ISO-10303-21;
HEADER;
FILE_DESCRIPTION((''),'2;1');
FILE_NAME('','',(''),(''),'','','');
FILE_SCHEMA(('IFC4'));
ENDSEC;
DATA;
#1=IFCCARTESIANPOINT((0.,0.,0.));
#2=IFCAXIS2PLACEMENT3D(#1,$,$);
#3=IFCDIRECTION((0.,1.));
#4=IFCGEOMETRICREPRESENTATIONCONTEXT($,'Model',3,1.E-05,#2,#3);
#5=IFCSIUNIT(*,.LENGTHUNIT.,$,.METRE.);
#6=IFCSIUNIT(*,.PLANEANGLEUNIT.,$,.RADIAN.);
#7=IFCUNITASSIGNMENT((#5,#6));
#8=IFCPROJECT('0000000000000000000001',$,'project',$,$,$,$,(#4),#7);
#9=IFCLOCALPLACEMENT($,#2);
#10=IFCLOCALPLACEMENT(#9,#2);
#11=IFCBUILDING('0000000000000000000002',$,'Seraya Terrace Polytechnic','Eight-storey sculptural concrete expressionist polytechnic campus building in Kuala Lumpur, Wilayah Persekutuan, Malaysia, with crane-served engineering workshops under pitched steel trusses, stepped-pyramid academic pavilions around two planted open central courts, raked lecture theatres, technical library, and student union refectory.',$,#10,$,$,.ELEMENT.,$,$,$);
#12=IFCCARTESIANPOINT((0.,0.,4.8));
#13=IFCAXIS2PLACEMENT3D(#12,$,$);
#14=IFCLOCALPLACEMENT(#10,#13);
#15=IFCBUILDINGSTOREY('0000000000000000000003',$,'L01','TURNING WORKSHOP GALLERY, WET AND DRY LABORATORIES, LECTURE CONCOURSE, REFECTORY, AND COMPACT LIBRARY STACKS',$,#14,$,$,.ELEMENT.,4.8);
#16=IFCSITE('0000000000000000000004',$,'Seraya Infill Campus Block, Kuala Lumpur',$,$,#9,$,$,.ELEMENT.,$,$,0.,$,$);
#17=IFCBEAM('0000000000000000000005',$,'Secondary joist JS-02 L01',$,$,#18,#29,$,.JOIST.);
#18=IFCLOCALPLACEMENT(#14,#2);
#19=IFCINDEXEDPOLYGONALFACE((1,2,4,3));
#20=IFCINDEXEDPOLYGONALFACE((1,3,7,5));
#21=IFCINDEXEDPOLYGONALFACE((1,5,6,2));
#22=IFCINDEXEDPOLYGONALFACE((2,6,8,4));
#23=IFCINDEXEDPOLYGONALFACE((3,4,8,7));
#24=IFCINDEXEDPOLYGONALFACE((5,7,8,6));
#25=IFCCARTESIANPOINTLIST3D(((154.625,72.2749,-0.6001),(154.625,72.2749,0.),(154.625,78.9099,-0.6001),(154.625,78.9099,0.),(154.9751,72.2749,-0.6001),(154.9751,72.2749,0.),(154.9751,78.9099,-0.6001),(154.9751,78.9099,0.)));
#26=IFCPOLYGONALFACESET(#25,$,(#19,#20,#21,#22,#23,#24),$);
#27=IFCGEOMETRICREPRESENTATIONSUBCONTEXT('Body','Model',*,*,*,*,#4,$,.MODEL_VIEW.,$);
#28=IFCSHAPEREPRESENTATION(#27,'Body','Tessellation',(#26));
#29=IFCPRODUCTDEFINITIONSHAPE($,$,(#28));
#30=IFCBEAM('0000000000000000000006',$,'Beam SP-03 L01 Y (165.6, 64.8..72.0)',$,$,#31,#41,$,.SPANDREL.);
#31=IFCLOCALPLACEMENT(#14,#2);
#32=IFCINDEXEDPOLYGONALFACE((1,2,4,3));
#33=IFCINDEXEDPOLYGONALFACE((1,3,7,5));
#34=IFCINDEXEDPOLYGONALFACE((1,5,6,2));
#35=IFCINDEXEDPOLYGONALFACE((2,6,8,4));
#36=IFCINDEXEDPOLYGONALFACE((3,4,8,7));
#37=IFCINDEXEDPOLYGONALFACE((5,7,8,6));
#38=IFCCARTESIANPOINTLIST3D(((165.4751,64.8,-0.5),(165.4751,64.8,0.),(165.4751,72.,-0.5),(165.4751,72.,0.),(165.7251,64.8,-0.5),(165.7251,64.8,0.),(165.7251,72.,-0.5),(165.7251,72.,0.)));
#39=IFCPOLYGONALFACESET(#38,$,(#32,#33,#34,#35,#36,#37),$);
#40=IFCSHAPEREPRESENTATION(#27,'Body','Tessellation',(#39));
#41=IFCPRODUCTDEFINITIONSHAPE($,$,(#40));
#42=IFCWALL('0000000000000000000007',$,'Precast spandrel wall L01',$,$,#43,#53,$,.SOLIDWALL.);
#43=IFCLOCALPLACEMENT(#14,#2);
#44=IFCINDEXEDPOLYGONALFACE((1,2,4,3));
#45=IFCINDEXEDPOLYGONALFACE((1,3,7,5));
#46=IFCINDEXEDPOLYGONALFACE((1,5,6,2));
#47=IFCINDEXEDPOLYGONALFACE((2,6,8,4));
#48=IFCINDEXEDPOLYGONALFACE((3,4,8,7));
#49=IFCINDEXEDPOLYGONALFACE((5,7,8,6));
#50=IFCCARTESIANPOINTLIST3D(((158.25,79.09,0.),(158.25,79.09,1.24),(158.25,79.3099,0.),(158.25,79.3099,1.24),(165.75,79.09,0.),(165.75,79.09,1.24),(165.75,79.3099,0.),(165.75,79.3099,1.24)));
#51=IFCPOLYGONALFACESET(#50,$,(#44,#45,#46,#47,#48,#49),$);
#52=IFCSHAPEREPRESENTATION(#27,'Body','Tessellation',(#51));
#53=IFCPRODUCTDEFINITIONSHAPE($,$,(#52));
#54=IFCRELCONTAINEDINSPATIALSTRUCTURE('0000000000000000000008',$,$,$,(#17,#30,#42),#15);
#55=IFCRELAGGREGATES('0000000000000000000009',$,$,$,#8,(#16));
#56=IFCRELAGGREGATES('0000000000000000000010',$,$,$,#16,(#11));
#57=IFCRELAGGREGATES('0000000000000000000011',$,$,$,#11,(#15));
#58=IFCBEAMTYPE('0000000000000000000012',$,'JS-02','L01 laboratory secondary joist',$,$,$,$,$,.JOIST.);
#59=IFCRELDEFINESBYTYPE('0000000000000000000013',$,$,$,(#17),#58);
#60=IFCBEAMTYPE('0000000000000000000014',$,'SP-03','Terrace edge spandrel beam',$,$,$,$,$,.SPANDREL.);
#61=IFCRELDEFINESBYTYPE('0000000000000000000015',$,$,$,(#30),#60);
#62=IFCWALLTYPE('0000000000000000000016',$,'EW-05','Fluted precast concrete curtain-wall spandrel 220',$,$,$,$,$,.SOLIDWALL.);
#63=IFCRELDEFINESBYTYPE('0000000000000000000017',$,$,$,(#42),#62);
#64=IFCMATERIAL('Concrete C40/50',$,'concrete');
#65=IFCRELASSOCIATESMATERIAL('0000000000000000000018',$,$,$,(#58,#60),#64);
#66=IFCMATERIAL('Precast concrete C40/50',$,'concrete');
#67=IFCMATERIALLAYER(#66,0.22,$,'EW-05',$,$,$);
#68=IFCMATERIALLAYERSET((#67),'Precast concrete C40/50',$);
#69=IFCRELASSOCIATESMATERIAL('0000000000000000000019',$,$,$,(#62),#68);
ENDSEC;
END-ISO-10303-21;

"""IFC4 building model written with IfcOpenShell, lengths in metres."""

from ifc_helpers import new_model, si_unit, direction, frame, frame_2d, origin, origin_2d, place, context, subcontext, project, spatial, rectangle, extrude, material, layer, layer_set, material_profile, profile_set, type_object, element, save


model = new_model("IFC4")

# Units and contexts
model_context = context("Model", 3, precision=1e-05, world=origin(), true_north=direction((0.0, 1.0)))
body_context = subcontext(model_context, "Body", "Model", "MODEL_VIEW")
ifc_project = project(units=[si_unit("LENGTHUNIT", "METRE"), si_unit("PLANEANGLEUNIT", "RADIAN")], contexts=[model_context])

# Site, building, storey
site_placement = place(None, origin())
site = spatial("IfcSite", under=ifc_project, at=site_placement, Name="Seraya Infill Campus Block, Kuala Lumpur", CompositionType="ELEMENT", RefElevation=0.0)
building_placement = place(site_placement, origin())
building = spatial("IfcBuilding", under=site, at=building_placement, Name="Seraya Terrace Polytechnic", Description="Eight-storey sculptural concrete expressionist polytechnic campus building in Kuala Lumpur, Wilayah Persekutuan, Malaysia, with crane-served engineering workshops under pitched steel trusses, stepped-pyramid academic pavilions around two planted open central courts, raked lecture theatres, technical library, and student union refectory.", CompositionType="ELEMENT")
storey_placement = place(building_placement, frame((0.0, 0.0, 4.8)))
storey = spatial("IfcBuildingStorey", under=building, at=storey_placement, Name="L01", Description="TURNING WORKSHOP GALLERY, WET AND DRY LABORATORIES, LECTURE CONCOURSE, REFECTORY, AND COMPACT LIBRARY STACKS", CompositionType="ELEMENT", Elevation=4.8)

# Shared definitions
ifc_material_1 = material(Name="Concrete C40/50", Category="concrete")

# Beams
ifc_material_profile_1 = material_profile(ifc_material_1, rectangle(XDim=0.3501, YDim=0.6001, at=origin_2d()), Name="RC 350x600")
ifc_profile_set_1 = profile_set([ifc_material_profile_1], Name="Concrete C40/50")
beam_type_1 = type_object("IfcBeamType", Name="JS-02", Description="L01 laboratory secondary joist", PredefinedType="JOIST", material=ifc_profile_set_1)
beam_1_placement = place(storey_placement, frame((154.8, 72.2749, -0.3), z_axis=(0.0, 1.0, 0.0), x_axis=(-1.0, 0.0, 0.0)))
element("IfcBeam", 1, at=beam_1_placement, inside=storey, type_object=beam_type_1, Name="Secondary joist JS-02 L01", PredefinedType="JOIST", context=body_context, shape_type="SweptSolid", body=[
    extrude(rectangle(XDim=0.3501, YDim=0.6001, at=origin_2d()), origin(), (0.0, 0.0, 1.0), 6.635),
])
ifc_material_profile_2 = material_profile(ifc_material_1, rectangle(XDim=0.25, YDim=0.5, at=origin_2d()), Name="RC 250x500")
ifc_profile_set_2 = profile_set([ifc_material_profile_2], Name="Concrete C40/50")
beam_type_2 = type_object("IfcBeamType", Name="SP-03", Description="Terrace edge spandrel beam", PredefinedType="SPANDREL", material=ifc_profile_set_2)
beam_2_placement = place(storey_placement, frame((165.6001, 64.8, -0.25), z_axis=(0.0, 1.0, 0.0), x_axis=(-1.0, 0.0, 0.0)))
element("IfcBeam", 2, at=beam_2_placement, inside=storey, type_object=beam_type_2, Name="Beam SP-03 L01 Y (165.6, 64.8..72.0)", PredefinedType="SPANDREL", context=body_context, shape_type="SweptSolid", body=[
    extrude(rectangle(XDim=0.25, YDim=0.5, at=origin_2d()), origin(), (0.0, 0.0, 1.0), 7.2),
])

# Wall
ifc_material_2 = material(Name="Precast concrete C40/50", Category="concrete")
ifc_layer = layer(ifc_material_2, 0.22, Name="EW-05")
ifc_layer_set = layer_set([ifc_layer], Name="Precast concrete C40/50")
wall_type = type_object("IfcWallType", Name="EW-05", Description="Fluted precast concrete curtain-wall spandrel 220", PredefinedType="SOLIDWALL", material=ifc_layer_set)
wall_placement = place(storey_placement, frame((158.25, 79.2, 0.0), z_axis=(0.0, 0.0, 1.0), x_axis=(1.0, 0.0, 0.0)))
element("IfcWall", 3, at=wall_placement, inside=storey, type_object=wall_type, Name="Precast spandrel wall L01", PredefinedType="SOLIDWALL", context=body_context, shape_type="SweptSolid", body=[
    extrude(rectangle(XDim=7.5, YDim=0.22, at=frame_2d((3.75, 0.0))), origin(), (0.0, 0.0, 1.0), 1.24),
])

save(model, "model.ifc")
